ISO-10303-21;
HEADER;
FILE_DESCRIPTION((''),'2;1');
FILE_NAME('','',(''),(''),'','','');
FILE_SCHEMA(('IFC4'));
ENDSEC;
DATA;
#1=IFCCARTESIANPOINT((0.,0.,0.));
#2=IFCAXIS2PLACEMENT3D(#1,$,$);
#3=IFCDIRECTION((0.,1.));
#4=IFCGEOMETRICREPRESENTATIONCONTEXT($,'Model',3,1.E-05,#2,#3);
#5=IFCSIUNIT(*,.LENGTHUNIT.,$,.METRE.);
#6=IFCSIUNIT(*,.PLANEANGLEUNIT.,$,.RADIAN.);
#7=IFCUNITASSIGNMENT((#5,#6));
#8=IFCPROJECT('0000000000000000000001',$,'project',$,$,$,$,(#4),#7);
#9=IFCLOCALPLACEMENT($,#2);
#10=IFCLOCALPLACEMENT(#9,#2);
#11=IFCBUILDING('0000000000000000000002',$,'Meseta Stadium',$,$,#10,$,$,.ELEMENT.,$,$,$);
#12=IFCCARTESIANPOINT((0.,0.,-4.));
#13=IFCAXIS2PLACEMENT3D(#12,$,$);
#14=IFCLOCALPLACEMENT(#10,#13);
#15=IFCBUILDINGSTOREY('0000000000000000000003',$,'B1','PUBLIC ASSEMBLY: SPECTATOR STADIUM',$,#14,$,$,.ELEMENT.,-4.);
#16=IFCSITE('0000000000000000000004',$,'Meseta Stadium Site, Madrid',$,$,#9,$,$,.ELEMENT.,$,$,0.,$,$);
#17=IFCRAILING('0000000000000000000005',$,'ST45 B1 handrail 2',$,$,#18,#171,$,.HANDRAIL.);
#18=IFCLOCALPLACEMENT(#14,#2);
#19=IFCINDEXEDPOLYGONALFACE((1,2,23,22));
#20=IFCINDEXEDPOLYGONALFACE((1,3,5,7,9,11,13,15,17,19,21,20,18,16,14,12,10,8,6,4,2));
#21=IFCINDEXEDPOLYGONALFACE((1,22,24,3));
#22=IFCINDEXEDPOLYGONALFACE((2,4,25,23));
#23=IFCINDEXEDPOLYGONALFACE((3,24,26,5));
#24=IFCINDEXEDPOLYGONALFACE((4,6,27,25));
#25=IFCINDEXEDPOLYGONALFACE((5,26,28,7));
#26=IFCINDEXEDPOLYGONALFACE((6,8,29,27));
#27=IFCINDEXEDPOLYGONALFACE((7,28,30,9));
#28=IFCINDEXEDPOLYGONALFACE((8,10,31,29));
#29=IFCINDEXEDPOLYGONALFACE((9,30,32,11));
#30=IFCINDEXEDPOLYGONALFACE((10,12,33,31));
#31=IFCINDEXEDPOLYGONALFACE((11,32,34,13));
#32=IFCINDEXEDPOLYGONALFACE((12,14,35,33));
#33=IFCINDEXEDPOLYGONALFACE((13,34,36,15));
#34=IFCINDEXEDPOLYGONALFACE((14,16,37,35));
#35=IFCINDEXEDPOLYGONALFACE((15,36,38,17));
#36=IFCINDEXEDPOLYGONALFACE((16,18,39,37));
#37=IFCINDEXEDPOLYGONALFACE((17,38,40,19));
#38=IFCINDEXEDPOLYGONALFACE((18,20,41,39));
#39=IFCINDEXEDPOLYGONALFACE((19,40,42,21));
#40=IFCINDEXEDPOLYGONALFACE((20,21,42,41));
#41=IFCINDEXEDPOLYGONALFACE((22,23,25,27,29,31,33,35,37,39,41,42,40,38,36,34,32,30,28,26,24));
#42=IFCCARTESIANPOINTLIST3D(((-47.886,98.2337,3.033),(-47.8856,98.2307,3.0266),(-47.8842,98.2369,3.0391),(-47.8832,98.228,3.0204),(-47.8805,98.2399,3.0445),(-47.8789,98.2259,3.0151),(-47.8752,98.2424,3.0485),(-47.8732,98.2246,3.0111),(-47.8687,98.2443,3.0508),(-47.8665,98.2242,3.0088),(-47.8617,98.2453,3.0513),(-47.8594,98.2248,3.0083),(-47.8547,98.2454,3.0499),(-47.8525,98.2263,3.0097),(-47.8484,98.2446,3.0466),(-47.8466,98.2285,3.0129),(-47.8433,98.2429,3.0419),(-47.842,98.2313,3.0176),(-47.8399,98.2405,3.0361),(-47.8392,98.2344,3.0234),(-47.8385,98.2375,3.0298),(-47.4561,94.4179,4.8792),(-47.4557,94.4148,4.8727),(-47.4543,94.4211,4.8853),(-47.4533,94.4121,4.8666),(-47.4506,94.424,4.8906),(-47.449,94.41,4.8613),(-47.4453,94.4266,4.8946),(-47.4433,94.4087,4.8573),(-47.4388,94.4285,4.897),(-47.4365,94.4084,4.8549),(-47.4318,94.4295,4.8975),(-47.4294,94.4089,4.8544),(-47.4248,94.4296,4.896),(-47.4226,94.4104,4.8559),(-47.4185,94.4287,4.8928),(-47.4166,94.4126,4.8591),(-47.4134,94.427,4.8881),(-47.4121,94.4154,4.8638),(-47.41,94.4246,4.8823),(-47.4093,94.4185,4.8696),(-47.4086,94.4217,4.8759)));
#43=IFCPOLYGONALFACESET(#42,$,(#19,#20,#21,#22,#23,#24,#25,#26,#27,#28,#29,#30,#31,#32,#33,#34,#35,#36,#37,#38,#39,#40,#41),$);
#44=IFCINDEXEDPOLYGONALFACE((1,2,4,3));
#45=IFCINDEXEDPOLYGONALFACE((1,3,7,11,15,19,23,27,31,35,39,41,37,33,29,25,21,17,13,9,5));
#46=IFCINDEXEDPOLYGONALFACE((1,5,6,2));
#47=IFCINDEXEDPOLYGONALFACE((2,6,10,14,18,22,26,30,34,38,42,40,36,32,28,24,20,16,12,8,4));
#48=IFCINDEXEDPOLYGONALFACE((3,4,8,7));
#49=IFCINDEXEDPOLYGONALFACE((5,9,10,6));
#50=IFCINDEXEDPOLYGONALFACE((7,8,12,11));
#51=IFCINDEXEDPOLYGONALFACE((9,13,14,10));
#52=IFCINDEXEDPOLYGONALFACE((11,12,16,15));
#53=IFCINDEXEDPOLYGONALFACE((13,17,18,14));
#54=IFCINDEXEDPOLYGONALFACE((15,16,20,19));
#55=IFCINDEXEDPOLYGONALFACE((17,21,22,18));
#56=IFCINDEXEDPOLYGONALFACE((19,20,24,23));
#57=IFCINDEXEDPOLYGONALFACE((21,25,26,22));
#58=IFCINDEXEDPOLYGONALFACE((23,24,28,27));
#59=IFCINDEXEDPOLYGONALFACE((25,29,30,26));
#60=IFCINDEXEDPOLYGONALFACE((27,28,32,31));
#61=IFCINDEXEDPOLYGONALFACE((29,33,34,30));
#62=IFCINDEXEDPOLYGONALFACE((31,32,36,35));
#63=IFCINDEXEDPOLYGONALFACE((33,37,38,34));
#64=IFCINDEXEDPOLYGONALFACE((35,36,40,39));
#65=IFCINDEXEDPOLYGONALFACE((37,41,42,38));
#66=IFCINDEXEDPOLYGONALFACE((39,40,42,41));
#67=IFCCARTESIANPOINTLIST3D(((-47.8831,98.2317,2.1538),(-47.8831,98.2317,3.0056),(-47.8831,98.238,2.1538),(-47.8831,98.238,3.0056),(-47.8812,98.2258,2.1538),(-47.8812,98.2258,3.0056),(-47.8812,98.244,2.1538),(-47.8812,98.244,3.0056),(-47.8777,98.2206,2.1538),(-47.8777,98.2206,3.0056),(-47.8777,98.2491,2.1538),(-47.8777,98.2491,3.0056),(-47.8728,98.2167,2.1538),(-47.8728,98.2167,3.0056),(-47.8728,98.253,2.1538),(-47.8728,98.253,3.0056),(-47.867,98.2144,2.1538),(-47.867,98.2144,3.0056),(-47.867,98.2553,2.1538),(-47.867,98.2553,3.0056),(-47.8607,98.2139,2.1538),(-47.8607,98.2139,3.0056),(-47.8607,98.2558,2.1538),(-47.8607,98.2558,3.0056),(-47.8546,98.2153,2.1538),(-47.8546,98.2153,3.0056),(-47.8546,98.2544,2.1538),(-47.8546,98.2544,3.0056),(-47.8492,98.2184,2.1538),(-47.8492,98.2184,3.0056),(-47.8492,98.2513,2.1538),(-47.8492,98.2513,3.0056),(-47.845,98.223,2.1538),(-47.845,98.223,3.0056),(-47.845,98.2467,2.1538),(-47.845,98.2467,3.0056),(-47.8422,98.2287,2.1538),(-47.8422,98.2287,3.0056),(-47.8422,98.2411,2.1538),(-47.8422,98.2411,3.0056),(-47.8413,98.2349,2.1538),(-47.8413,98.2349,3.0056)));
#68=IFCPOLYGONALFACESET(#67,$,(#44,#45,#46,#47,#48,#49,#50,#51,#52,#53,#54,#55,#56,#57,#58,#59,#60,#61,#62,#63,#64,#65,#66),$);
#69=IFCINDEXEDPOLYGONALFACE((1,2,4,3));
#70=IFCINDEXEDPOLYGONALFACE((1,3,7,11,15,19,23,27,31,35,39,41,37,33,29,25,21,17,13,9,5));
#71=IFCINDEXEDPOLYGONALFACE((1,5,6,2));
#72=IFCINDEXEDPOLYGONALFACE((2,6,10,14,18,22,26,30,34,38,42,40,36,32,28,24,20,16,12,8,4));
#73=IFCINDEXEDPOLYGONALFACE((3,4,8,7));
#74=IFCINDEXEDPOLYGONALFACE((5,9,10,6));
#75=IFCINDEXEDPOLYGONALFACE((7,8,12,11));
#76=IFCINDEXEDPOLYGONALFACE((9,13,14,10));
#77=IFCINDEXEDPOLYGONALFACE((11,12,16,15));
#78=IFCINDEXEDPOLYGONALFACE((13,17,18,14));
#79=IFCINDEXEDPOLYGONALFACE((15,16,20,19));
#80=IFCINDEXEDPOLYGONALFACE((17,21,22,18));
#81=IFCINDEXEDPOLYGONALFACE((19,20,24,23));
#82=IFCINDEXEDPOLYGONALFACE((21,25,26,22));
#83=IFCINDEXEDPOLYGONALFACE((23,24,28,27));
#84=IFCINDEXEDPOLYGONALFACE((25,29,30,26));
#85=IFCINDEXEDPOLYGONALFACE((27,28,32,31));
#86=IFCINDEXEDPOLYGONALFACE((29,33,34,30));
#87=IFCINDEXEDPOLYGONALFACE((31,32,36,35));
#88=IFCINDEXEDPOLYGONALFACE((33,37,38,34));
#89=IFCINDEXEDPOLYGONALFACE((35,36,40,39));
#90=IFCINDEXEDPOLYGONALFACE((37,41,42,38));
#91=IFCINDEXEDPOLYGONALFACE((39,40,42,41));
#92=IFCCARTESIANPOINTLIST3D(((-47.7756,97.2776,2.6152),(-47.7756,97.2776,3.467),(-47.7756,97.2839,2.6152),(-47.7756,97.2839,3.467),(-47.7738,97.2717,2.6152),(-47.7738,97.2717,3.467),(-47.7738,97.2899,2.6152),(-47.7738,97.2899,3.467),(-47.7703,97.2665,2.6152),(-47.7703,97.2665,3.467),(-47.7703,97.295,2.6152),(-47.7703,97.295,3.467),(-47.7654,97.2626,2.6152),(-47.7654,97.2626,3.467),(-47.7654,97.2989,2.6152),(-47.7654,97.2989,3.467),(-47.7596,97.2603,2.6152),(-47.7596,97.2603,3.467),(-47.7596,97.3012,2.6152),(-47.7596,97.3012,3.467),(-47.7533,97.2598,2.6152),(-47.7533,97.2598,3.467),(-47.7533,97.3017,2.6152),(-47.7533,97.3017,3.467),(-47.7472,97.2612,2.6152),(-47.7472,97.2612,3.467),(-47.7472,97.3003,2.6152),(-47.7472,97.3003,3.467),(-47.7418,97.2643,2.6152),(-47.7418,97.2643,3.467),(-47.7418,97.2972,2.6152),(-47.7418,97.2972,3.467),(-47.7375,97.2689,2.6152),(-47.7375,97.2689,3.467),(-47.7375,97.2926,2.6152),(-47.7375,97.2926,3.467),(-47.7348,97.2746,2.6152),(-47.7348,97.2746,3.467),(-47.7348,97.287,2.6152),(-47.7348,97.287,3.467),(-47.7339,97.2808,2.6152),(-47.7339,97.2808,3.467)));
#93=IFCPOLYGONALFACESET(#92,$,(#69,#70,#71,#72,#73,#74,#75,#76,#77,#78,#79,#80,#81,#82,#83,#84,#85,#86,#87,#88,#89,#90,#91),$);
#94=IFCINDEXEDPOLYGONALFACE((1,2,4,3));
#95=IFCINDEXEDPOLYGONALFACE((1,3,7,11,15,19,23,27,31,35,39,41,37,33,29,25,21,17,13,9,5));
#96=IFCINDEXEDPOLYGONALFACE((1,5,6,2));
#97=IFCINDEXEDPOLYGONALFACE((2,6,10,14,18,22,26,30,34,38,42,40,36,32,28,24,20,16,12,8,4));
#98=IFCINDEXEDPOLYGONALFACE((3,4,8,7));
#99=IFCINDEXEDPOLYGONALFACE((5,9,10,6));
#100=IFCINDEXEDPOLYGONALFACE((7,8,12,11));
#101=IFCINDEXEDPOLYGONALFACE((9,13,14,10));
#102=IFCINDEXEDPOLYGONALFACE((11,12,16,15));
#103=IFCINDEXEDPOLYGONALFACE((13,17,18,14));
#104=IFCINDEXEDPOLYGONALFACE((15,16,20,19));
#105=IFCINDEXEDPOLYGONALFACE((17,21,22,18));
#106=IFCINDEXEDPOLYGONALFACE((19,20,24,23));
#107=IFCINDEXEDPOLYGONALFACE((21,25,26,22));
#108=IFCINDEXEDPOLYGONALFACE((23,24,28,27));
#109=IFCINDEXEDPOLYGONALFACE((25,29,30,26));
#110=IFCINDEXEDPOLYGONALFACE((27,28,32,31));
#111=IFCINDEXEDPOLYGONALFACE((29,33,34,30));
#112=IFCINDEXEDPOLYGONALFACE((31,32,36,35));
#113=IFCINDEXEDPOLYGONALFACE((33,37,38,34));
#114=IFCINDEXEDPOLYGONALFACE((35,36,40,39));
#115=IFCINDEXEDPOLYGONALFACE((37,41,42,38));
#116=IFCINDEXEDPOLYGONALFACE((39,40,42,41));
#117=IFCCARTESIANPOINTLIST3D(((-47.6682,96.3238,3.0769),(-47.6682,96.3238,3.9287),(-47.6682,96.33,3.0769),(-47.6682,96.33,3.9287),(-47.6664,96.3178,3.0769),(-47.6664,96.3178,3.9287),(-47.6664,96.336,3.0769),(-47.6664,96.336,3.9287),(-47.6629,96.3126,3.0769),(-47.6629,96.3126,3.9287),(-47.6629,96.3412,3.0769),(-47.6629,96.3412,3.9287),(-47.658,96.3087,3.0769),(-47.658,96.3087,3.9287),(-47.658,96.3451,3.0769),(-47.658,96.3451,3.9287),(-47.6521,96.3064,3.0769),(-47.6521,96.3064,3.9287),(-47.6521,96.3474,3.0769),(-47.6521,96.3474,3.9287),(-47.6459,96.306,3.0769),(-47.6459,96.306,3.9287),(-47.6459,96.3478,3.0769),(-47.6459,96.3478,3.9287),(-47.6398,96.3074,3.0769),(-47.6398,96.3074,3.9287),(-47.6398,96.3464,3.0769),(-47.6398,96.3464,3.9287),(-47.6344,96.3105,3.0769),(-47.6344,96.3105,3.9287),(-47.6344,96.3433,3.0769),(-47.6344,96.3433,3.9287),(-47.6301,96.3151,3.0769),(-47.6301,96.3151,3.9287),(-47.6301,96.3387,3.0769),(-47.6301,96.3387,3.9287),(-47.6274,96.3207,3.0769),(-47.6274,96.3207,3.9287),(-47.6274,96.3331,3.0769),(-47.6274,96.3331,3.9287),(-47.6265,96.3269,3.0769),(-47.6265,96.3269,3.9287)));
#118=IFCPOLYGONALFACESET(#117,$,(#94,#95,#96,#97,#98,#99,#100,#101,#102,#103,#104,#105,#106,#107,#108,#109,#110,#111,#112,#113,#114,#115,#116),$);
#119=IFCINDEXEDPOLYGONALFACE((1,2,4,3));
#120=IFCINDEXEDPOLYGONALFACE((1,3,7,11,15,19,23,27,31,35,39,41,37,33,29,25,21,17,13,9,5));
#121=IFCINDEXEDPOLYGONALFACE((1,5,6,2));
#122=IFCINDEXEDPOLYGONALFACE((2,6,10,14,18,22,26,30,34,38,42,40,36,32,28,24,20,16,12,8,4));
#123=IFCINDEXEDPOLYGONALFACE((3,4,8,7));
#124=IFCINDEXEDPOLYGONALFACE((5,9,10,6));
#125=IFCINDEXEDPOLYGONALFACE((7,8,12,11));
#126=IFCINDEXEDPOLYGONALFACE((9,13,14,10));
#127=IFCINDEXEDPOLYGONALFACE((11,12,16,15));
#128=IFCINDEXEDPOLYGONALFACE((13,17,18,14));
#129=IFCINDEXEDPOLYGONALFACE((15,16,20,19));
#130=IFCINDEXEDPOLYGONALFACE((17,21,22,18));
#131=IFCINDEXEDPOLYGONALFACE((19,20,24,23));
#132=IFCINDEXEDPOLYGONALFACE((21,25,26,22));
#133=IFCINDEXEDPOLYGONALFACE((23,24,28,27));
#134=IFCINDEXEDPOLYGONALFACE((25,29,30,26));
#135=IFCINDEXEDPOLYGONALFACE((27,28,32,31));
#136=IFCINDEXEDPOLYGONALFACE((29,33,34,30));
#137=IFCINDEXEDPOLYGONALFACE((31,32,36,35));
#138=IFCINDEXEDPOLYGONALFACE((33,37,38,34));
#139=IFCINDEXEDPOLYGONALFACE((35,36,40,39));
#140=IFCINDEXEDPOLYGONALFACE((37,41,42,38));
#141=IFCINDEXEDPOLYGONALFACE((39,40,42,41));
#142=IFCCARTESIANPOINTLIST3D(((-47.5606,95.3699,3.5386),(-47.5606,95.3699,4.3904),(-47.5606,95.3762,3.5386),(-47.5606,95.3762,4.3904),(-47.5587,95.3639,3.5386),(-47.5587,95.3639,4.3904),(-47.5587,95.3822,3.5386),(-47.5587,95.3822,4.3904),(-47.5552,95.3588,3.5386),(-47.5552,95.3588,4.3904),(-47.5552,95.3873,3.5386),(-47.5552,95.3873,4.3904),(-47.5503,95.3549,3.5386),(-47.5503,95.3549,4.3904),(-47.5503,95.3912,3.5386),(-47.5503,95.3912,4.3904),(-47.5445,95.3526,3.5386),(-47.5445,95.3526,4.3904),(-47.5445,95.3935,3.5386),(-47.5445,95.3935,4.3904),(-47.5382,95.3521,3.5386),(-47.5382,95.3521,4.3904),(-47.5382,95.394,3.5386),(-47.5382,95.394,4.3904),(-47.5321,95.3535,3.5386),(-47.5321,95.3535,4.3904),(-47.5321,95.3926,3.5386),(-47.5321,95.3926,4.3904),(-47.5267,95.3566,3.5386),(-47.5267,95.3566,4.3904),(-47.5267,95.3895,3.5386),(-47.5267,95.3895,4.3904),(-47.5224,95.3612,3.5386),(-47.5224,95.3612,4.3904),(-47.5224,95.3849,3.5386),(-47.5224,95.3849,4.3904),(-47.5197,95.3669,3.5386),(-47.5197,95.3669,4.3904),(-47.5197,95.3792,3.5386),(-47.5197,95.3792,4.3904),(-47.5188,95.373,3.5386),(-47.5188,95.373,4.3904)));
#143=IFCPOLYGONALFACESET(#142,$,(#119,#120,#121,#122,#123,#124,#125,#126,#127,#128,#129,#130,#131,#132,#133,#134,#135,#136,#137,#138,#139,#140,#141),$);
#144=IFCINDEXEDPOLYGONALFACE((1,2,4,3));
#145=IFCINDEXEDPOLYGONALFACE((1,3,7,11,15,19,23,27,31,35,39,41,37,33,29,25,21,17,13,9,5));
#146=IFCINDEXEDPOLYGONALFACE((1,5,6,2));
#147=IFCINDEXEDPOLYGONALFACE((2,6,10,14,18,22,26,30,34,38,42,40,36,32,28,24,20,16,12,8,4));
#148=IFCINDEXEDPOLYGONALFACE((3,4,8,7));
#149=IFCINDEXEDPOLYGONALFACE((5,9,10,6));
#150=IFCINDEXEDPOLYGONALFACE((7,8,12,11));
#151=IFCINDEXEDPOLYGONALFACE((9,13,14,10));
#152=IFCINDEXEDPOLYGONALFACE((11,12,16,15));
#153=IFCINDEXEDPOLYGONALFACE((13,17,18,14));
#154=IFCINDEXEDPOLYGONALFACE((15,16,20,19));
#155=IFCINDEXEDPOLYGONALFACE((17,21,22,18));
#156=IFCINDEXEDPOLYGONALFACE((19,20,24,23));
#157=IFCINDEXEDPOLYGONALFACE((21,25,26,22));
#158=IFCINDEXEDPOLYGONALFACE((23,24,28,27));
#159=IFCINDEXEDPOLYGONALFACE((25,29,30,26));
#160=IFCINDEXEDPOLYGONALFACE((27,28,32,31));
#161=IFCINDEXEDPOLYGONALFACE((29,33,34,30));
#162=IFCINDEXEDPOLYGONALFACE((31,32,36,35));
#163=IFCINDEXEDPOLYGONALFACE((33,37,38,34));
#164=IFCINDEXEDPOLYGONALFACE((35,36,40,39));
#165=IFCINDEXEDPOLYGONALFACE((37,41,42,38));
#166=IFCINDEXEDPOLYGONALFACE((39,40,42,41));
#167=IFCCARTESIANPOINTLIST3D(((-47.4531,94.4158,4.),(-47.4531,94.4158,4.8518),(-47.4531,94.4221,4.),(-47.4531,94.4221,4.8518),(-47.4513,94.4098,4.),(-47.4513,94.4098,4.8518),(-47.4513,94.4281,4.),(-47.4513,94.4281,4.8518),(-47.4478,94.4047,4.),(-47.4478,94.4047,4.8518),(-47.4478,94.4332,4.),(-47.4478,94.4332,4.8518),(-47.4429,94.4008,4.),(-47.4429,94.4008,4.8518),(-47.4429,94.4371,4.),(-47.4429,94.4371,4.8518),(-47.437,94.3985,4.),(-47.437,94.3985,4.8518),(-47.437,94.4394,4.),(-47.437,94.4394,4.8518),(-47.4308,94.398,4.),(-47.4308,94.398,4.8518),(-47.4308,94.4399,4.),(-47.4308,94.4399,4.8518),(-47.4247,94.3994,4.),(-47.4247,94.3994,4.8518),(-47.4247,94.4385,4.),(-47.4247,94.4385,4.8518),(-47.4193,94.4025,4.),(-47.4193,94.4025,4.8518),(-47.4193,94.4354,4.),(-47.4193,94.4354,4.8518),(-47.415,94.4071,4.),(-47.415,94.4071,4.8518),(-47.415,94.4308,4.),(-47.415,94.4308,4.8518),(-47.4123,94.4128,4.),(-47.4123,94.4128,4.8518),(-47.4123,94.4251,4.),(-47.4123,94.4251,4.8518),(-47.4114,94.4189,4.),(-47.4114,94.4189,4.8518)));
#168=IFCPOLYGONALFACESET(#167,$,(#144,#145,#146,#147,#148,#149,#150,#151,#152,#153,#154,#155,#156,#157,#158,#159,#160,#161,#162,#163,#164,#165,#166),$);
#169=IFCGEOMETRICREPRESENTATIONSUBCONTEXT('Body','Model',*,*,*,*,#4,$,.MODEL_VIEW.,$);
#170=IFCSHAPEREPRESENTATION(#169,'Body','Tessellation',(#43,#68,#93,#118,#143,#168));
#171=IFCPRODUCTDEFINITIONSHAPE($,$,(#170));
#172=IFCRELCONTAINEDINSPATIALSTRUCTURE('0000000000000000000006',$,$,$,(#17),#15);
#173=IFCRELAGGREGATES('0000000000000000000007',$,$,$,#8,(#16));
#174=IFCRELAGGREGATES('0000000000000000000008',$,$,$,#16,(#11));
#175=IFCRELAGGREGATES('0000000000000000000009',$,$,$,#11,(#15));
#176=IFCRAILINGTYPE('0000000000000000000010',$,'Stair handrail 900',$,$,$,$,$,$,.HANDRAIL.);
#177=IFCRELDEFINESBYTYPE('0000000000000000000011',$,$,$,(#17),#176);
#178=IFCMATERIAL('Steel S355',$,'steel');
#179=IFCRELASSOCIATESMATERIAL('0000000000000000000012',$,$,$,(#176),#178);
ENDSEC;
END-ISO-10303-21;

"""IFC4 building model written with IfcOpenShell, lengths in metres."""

from ifc_helpers import new_model, si_unit, direction, frame, origin, origin_2d, place, context, subcontext, project, spatial, circle, extrude, material, type_object, element, save


model = new_model("IFC4")

# Units and contexts
model_context = context("Model", 3, precision=1e-05, world=origin(), true_north=direction((0.0, 1.0)))
body_context = subcontext(model_context, "Body", "Model", "MODEL_VIEW")
ifc_project = project(units=[si_unit("LENGTHUNIT", "METRE"), si_unit("PLANEANGLEUNIT", "RADIAN")], contexts=[model_context])

# Site, building, storey
site_placement = place(None, origin())
site = spatial("IfcSite", under=ifc_project, at=site_placement, Name="Meseta Stadium Site, Madrid", CompositionType="ELEMENT", RefElevation=0.0)
building_placement = place(site_placement, origin())
building = spatial("IfcBuilding", under=site, at=building_placement, Name="Meseta Stadium", CompositionType="ELEMENT")
storey_placement = place(building_placement, frame((0.0, 0.0, -4.0)))
storey = spatial("IfcBuildingStorey", under=building, at=storey_placement, Name="B1", Description="PUBLIC ASSEMBLY: SPECTATOR STADIUM", CompositionType="ELEMENT", Elevation=-4.0)

# Railing
ifc_material_1 = material(Name="Steel S355", Category="steel")
railing_type_1 = type_object("IfcRailingType", Name="Stair handrail 900", PredefinedType="HANDRAIL", material=ifc_material_1)
railing_1_placement = place(storey_placement, frame((-47.8623, 98.2349, 2.1538)))
element("IfcRailing", 1, at=railing_1_placement, inside=storey, type_object=railing_type_1, Name="ST45 B1 handrail 2", PredefinedType="HANDRAIL", context=body_context, shape_type="SweptSolid", body=[
    extrude(circle(Radius=0.0239, at=origin_2d()), frame((0.0, 0.0, 0.876), z_axis=(0.100904, -0.895585, 0.433296), x_axis=(0.993713, 0.11196, 0.0)), (0.0, 0.0, 1.0), 4.2607),
    extrude(circle(Radius=0.021, at=origin_2d()), origin(), (0.0, 0.0, 1.0), 0.8518),
    extrude(circle(Radius=0.021, at=origin_2d()), frame((0.1074, -0.9541, 0.4614)), (0.0, 0.0, 1.0), 0.8518),
    extrude(circle(Radius=0.021, at=origin_2d()), frame((0.2148, -1.908, 0.9231)), (0.0, 0.0, 1.0), 0.8518),
    extrude(circle(Radius=0.021, at=origin_2d()), frame((0.3225, -2.8618, 1.3848)), (0.0, 0.0, 1.0), 0.8518),
    extrude(circle(Radius=0.021, at=origin_2d()), frame((0.4299, -3.8159, 1.8462)), (0.0, 0.0, 1.0), 0.8518),
])

save(model, "model.ifc")
